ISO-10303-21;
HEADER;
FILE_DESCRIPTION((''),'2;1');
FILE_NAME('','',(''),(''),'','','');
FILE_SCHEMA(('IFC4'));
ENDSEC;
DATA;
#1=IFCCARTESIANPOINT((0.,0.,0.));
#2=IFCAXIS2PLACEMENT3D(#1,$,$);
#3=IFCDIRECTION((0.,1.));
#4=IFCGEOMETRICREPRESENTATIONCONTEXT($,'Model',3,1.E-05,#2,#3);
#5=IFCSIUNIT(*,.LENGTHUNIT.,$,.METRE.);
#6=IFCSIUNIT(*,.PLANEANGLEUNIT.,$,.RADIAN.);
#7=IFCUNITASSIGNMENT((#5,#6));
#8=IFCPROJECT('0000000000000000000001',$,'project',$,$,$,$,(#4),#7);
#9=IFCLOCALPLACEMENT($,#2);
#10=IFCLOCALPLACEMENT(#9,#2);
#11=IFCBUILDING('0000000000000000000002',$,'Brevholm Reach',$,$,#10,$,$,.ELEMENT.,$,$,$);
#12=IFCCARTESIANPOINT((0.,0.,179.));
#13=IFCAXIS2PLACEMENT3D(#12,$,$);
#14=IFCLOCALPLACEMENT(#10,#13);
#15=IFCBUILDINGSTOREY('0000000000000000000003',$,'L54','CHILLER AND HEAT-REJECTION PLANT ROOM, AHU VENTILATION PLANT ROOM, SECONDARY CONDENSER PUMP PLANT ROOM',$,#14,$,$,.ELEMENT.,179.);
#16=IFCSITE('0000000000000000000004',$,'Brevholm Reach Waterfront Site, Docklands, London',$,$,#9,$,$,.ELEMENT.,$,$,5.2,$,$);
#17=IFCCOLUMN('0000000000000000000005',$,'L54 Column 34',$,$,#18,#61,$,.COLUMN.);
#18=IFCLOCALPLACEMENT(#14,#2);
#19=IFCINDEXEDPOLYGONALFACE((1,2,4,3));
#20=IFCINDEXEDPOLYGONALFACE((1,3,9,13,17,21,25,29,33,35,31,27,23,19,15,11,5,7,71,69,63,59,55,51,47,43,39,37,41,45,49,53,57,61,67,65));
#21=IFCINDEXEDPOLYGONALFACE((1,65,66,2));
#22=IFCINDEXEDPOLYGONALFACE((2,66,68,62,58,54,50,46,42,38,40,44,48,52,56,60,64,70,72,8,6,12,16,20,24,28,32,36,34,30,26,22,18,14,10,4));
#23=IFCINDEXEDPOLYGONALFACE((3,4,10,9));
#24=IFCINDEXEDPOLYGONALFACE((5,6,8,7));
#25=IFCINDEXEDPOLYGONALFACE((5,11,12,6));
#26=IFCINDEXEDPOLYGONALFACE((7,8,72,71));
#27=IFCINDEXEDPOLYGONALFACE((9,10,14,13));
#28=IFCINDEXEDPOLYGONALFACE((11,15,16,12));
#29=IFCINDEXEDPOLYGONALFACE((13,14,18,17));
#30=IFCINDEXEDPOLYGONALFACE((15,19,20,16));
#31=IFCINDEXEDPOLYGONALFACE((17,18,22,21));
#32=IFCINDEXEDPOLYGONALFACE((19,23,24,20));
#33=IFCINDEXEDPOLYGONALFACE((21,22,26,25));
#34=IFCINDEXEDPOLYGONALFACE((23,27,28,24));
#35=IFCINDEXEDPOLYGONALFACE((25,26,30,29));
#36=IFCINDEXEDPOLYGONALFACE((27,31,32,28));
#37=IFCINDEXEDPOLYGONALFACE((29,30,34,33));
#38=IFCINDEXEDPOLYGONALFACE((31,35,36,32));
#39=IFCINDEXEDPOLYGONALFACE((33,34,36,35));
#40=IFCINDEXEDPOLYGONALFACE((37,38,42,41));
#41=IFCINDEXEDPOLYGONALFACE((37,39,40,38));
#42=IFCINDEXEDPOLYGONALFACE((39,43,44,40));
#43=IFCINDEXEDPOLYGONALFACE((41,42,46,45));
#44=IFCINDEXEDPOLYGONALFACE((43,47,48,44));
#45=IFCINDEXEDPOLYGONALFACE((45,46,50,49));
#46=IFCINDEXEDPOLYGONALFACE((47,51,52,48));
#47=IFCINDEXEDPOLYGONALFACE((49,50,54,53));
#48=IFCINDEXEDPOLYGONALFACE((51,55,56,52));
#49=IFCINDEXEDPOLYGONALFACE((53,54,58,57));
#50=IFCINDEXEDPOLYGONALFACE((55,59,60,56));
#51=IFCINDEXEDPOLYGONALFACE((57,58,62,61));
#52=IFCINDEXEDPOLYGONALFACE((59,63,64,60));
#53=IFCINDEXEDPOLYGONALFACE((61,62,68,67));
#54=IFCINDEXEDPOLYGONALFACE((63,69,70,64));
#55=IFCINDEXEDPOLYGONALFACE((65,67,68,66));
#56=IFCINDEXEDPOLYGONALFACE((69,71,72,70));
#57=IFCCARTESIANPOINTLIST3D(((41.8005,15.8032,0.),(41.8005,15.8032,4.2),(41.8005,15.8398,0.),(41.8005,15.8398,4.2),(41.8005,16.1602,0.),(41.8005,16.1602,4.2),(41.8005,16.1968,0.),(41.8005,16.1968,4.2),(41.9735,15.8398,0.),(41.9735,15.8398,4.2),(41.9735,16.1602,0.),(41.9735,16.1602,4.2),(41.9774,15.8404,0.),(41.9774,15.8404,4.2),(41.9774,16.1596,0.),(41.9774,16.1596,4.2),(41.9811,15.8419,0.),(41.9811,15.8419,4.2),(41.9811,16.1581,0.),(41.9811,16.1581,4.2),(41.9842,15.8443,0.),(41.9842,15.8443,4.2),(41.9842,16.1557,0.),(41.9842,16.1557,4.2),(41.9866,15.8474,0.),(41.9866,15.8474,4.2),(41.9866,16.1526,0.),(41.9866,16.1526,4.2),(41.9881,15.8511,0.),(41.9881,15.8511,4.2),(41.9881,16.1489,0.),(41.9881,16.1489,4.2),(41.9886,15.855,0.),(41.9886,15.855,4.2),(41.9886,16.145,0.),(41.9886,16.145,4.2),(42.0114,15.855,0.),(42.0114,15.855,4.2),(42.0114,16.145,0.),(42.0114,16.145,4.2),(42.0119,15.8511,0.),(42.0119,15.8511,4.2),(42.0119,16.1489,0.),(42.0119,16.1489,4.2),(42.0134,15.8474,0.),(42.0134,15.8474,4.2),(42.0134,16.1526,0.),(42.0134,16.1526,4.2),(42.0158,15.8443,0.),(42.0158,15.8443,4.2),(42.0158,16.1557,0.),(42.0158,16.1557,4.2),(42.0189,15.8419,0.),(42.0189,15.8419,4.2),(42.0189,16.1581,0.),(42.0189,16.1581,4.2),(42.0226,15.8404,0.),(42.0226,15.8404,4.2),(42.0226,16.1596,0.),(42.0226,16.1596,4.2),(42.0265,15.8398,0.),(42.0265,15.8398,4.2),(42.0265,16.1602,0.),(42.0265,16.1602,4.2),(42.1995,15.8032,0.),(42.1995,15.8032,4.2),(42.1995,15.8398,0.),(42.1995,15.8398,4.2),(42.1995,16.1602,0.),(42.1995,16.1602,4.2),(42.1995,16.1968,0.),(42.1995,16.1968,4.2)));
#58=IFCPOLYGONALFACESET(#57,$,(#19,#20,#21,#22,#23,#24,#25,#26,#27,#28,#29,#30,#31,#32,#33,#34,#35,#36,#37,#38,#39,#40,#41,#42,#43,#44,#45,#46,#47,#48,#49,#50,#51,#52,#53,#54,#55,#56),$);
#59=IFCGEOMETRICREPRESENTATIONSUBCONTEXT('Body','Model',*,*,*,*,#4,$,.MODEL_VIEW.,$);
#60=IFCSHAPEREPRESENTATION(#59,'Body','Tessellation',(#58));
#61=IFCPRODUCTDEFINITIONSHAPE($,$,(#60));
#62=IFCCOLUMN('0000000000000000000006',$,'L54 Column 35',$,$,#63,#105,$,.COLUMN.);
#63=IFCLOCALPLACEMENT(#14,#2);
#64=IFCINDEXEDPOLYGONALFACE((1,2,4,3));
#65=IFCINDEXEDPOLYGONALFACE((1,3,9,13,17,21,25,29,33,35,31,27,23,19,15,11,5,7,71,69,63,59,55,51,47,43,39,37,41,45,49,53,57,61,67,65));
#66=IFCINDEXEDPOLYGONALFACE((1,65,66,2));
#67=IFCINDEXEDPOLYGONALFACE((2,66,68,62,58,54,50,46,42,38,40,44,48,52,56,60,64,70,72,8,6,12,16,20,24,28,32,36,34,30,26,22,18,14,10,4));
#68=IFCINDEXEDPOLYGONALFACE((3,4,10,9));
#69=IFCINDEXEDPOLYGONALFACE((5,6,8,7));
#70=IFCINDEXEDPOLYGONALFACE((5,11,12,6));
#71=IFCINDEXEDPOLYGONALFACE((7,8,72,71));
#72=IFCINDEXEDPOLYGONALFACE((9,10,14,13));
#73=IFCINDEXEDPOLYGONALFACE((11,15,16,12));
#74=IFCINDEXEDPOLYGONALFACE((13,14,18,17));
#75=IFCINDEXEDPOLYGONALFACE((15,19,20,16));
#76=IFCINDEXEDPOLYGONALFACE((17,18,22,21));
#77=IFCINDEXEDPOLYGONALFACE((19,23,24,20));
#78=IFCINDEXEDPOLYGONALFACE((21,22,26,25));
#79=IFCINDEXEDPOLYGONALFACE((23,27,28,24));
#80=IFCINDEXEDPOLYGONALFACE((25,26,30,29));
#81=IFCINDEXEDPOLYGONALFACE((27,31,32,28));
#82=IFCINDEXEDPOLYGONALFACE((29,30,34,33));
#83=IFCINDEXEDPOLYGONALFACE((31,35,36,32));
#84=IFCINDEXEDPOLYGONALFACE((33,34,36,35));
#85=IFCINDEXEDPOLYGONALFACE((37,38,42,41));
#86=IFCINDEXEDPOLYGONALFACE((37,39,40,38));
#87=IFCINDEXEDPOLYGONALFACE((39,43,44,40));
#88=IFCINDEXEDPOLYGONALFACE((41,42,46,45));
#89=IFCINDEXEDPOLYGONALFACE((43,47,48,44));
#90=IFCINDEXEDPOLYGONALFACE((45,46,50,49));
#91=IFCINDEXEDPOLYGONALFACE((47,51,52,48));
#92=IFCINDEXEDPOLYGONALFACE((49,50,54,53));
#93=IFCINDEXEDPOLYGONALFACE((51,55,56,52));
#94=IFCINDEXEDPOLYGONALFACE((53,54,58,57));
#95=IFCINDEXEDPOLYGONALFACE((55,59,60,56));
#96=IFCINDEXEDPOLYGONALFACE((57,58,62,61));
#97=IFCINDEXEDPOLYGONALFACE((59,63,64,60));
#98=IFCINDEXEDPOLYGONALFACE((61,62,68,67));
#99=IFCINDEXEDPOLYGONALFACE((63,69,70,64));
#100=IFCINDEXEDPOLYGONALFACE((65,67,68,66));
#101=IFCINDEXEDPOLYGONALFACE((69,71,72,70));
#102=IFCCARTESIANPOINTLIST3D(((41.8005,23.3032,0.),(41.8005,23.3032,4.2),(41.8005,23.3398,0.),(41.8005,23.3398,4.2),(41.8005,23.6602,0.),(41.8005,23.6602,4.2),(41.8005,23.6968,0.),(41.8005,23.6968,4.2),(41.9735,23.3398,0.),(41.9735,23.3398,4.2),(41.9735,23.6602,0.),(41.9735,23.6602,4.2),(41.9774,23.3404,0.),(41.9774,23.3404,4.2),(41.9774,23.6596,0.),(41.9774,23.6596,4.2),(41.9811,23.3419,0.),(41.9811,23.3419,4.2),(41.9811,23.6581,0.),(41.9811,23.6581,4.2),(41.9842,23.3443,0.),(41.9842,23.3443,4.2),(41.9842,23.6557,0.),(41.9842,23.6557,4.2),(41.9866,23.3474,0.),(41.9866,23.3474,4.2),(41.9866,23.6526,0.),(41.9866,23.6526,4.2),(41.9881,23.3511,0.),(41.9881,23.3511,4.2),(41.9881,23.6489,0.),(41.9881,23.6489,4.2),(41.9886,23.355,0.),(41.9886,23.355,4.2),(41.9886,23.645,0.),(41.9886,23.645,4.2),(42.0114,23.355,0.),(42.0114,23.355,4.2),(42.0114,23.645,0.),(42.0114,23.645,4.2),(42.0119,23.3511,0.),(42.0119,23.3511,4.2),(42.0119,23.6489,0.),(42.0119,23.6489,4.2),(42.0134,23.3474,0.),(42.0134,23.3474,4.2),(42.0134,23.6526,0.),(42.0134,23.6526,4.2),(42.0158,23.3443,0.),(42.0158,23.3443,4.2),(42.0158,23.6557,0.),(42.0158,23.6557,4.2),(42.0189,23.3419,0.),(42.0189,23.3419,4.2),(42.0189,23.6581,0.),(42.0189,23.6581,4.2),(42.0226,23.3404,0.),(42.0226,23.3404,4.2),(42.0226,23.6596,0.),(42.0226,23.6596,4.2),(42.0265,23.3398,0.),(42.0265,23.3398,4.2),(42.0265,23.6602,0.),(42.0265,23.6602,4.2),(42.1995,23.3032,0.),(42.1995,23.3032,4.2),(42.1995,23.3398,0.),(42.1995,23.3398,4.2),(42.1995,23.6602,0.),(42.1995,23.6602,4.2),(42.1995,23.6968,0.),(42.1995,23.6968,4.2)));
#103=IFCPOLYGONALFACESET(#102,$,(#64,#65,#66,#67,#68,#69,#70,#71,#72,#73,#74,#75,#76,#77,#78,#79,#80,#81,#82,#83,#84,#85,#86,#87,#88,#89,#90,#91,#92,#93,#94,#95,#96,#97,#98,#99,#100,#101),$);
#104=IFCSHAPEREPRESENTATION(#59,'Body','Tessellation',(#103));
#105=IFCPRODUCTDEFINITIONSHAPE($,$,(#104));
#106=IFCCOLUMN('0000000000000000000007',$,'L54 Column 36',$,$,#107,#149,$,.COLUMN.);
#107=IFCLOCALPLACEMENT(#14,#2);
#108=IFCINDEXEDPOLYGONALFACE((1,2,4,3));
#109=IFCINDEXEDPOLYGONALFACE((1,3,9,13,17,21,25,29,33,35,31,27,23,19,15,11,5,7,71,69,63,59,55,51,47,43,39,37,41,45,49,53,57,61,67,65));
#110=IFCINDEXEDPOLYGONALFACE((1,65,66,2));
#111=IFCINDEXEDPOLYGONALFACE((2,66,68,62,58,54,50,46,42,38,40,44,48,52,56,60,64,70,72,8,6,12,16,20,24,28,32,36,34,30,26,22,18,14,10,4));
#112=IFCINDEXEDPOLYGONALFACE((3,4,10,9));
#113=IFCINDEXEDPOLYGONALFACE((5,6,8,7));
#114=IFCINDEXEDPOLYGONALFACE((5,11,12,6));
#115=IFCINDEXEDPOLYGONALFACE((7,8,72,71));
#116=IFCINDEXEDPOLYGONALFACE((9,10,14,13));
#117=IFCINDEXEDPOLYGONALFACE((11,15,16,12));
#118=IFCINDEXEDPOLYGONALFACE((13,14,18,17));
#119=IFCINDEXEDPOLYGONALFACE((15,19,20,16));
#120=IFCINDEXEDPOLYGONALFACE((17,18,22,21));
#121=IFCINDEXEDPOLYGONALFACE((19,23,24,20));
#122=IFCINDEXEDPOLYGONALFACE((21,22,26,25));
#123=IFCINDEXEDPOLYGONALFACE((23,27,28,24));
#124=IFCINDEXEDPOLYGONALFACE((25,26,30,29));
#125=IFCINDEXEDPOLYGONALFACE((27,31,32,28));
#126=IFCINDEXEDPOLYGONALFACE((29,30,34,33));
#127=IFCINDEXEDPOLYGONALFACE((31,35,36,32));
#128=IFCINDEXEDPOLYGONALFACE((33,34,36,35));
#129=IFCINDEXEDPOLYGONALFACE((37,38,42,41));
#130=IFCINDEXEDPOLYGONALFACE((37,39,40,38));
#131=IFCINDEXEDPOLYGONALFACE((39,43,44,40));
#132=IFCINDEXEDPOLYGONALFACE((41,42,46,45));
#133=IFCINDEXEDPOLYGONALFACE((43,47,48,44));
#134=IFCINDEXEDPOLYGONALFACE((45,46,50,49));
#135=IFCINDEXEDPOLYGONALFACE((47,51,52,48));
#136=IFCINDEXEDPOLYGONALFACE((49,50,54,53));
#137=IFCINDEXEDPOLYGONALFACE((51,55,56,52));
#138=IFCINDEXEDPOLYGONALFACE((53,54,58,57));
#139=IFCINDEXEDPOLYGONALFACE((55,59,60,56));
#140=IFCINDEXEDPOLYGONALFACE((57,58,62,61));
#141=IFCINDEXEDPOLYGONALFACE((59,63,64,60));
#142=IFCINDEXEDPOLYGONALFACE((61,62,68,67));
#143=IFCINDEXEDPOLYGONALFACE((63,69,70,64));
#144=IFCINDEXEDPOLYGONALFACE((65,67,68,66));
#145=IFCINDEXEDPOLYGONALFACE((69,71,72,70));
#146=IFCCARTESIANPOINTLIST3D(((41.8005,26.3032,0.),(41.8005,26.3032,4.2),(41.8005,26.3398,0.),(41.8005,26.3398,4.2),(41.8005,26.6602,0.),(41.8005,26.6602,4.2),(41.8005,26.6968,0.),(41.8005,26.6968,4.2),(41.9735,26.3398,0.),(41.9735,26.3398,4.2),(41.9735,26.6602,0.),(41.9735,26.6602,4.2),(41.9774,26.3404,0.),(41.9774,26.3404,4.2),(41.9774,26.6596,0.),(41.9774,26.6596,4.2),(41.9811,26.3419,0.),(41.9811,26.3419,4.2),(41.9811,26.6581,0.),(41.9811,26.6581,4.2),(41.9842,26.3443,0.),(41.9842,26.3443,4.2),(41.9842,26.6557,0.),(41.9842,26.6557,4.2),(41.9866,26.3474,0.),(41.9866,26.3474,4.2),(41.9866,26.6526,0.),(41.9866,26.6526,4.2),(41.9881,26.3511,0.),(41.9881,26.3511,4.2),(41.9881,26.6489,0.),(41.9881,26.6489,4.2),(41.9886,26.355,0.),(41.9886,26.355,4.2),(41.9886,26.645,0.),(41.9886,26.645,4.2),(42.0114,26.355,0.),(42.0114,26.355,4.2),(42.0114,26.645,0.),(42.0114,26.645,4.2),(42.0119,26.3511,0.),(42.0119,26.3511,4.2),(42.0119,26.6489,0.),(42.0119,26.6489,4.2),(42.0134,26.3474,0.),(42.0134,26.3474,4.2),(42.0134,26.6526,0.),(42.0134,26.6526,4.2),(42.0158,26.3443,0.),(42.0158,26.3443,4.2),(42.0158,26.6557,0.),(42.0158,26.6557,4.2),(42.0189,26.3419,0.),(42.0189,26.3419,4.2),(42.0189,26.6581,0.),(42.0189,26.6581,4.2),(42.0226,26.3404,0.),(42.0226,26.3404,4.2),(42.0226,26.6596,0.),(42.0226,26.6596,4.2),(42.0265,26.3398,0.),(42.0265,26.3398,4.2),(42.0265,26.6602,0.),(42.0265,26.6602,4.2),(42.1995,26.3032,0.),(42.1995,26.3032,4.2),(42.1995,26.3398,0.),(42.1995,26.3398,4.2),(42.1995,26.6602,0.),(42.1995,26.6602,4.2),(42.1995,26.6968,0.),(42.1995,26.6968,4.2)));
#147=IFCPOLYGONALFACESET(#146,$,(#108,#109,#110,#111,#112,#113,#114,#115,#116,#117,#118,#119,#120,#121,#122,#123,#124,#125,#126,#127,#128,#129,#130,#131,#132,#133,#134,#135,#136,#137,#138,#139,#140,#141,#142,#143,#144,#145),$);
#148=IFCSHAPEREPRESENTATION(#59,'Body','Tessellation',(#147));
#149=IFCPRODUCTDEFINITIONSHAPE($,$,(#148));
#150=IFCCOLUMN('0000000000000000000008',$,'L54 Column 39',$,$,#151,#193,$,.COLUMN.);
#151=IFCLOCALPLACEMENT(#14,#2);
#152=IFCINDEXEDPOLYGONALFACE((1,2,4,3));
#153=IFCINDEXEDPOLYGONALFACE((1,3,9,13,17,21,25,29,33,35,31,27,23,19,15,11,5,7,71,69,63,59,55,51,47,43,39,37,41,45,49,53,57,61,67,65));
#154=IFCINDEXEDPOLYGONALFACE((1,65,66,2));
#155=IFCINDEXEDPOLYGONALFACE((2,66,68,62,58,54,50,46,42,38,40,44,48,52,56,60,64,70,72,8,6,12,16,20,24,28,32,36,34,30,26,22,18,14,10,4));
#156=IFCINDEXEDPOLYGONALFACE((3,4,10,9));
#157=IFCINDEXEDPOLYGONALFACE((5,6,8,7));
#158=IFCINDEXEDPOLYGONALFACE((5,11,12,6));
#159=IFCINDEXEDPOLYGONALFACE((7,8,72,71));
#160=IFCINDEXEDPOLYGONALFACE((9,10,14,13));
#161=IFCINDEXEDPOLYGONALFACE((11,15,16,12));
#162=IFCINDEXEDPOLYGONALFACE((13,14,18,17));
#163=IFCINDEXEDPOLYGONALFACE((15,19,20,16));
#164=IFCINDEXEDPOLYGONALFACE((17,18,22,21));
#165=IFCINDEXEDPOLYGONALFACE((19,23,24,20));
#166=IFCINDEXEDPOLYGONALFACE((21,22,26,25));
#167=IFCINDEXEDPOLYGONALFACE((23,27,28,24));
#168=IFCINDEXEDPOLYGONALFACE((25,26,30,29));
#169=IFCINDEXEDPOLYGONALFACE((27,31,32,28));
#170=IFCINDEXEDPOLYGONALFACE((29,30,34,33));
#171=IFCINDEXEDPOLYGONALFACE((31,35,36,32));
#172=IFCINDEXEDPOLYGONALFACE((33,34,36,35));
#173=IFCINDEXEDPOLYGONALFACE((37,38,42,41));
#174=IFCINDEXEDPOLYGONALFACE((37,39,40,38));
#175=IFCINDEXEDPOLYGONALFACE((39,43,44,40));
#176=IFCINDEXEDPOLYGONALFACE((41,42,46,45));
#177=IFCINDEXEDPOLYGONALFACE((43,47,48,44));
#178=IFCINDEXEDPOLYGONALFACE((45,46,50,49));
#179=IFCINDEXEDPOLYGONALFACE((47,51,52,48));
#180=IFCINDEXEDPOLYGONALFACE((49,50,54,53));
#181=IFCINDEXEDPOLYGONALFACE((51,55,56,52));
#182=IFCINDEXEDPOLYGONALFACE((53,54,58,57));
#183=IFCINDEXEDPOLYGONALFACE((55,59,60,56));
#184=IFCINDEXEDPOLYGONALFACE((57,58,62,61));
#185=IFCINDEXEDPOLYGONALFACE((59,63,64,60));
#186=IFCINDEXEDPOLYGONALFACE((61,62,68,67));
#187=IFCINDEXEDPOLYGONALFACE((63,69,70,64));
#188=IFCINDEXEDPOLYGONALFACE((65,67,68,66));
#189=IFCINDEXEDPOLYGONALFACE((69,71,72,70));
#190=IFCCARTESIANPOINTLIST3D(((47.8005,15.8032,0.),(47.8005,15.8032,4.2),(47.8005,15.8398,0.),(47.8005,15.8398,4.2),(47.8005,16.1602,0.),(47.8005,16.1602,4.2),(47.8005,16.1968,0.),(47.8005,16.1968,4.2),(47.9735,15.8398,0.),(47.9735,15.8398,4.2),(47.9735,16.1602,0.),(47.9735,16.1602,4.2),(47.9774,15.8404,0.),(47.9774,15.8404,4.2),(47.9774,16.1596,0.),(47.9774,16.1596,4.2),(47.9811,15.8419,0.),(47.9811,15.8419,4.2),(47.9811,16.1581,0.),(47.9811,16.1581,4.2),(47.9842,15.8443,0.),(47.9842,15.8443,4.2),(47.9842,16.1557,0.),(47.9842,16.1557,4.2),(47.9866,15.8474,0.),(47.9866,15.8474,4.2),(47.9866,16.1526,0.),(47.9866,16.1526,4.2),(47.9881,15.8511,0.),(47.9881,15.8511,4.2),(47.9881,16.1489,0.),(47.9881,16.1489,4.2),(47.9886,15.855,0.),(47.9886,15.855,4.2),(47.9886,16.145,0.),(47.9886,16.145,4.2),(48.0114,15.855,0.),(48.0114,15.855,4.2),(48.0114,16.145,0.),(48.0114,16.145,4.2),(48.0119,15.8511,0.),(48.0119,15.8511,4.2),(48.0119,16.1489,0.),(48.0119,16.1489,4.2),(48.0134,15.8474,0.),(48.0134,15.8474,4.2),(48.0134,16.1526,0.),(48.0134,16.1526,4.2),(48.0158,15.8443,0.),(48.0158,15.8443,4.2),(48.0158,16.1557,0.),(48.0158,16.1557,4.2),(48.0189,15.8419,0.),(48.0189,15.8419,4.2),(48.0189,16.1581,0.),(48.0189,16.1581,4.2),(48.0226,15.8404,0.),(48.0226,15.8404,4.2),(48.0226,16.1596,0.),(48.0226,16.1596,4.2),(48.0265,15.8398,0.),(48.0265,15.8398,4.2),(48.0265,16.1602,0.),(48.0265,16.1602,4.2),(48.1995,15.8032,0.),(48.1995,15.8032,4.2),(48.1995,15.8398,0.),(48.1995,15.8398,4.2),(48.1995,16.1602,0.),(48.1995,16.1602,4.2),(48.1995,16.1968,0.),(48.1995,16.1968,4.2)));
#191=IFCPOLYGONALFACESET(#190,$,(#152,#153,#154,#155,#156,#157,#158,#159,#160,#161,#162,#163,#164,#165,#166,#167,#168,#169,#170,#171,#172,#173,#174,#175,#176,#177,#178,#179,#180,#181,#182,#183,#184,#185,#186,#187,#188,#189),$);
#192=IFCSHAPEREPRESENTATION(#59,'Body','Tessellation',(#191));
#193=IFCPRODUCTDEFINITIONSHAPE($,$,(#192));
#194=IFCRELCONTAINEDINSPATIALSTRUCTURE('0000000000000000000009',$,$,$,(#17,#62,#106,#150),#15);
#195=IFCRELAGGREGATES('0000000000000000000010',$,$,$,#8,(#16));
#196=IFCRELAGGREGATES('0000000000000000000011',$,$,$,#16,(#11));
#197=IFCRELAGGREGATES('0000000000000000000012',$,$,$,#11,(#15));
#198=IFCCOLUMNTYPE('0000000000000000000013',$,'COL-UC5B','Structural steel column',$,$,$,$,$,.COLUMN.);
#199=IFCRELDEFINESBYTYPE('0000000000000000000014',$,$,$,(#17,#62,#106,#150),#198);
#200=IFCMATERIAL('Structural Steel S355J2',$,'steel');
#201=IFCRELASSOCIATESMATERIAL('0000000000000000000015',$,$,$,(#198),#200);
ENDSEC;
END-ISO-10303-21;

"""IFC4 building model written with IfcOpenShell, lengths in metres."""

from ifc_helpers import new_model, si_unit, direction, frame, origin, origin_2d, place, context, subcontext, project, spatial, i_section, extrude, material, material_profile, profile_set, type_object, element, save


model = new_model("IFC4")

# Units and contexts
model_context = context("Model", 3, precision=1e-05, world=origin(), true_north=direction((0.0, 1.0)))
body_context = subcontext(model_context, "Body", "Model", "MODEL_VIEW")
ifc_project = project(units=[si_unit("LENGTHUNIT", "METRE"), si_unit("PLANEANGLEUNIT", "RADIAN")], contexts=[model_context])

# Site, building, storey
site_placement = place(None, origin())
site = spatial("IfcSite", under=ifc_project, at=site_placement, Name="Brevholm Reach Waterfront Site, Docklands, London", CompositionType="ELEMENT", RefElevation=5.2)
building_placement = place(site_placement, origin())
building = spatial("IfcBuilding", under=site, at=building_placement, Name="Brevholm Reach", CompositionType="ELEMENT")
storey_placement = place(building_placement, frame((0.0, 0.0, 179.0)))
storey = spatial("IfcBuildingStorey", under=building, at=storey_placement, Name="L54", Description="CHILLER AND HEAT-REJECTION PLANT ROOM, AHU VENTILATION PLANT ROOM, SECONDARY CONDENSER PUMP PLANT ROOM", CompositionType="ELEMENT", Elevation=179.0)

# Columns
ifc_material_1 = material(Name="Structural Steel S355J2", Category="steel")
ifc_material_profile_1 = material_profile(ifc_material_1, i_section(OverallWidth=0.3989, OverallDepth=0.3936, WebThickness=0.0227, FlangeThickness=0.0366, FilletRadius=0.0151, at=origin_2d()), Name="UKC 356x406x287")
ifc_profile_set_1 = profile_set([ifc_material_profile_1], Name="Structural Steel S355J2")
column_type = type_object("IfcColumnType", Name="COL-UC5B", Description="Structural steel column", PredefinedType="COLUMN", material=ifc_profile_set_1)
for number, where, z_axis, x_axis, name in (
    (1, (42.0, 16.0, 0.0), (0.0, 0.0, 1.0), (1.0, 0.0, 0.0), "L54 Column 34"),
    (2, (42.0, 23.5, 0.0), (0.0, 0.0, 1.0), (1.0, 0.0, 0.0), "L54 Column 35"),
    (3, (42.0, 26.5, 0.0), (0.0, 0.0, 1.0), (1.0, 0.0, 0.0), "L54 Column 36"),
    (4, (48.0, 16.0, 0.0), (0.0, 0.0, 1.0), (1.0, 0.0, 0.0), "L54 Column 39"),
):
    element("IfcColumn", number, at=place(storey_placement, frame(where, z_axis=z_axis, x_axis=x_axis)), inside=storey, type_object=column_type, Name=name, PredefinedType="COLUMN", context=body_context, shape_type="SweptSolid", body=[
        extrude(i_section(OverallWidth=0.3989, OverallDepth=0.3936, WebThickness=0.0227, FlangeThickness=0.0366, FilletRadius=0.0151, at=origin_2d()), origin(), (0.0, 0.0, 1.0), 4.2),
    ])

save(model, "model.ifc")
